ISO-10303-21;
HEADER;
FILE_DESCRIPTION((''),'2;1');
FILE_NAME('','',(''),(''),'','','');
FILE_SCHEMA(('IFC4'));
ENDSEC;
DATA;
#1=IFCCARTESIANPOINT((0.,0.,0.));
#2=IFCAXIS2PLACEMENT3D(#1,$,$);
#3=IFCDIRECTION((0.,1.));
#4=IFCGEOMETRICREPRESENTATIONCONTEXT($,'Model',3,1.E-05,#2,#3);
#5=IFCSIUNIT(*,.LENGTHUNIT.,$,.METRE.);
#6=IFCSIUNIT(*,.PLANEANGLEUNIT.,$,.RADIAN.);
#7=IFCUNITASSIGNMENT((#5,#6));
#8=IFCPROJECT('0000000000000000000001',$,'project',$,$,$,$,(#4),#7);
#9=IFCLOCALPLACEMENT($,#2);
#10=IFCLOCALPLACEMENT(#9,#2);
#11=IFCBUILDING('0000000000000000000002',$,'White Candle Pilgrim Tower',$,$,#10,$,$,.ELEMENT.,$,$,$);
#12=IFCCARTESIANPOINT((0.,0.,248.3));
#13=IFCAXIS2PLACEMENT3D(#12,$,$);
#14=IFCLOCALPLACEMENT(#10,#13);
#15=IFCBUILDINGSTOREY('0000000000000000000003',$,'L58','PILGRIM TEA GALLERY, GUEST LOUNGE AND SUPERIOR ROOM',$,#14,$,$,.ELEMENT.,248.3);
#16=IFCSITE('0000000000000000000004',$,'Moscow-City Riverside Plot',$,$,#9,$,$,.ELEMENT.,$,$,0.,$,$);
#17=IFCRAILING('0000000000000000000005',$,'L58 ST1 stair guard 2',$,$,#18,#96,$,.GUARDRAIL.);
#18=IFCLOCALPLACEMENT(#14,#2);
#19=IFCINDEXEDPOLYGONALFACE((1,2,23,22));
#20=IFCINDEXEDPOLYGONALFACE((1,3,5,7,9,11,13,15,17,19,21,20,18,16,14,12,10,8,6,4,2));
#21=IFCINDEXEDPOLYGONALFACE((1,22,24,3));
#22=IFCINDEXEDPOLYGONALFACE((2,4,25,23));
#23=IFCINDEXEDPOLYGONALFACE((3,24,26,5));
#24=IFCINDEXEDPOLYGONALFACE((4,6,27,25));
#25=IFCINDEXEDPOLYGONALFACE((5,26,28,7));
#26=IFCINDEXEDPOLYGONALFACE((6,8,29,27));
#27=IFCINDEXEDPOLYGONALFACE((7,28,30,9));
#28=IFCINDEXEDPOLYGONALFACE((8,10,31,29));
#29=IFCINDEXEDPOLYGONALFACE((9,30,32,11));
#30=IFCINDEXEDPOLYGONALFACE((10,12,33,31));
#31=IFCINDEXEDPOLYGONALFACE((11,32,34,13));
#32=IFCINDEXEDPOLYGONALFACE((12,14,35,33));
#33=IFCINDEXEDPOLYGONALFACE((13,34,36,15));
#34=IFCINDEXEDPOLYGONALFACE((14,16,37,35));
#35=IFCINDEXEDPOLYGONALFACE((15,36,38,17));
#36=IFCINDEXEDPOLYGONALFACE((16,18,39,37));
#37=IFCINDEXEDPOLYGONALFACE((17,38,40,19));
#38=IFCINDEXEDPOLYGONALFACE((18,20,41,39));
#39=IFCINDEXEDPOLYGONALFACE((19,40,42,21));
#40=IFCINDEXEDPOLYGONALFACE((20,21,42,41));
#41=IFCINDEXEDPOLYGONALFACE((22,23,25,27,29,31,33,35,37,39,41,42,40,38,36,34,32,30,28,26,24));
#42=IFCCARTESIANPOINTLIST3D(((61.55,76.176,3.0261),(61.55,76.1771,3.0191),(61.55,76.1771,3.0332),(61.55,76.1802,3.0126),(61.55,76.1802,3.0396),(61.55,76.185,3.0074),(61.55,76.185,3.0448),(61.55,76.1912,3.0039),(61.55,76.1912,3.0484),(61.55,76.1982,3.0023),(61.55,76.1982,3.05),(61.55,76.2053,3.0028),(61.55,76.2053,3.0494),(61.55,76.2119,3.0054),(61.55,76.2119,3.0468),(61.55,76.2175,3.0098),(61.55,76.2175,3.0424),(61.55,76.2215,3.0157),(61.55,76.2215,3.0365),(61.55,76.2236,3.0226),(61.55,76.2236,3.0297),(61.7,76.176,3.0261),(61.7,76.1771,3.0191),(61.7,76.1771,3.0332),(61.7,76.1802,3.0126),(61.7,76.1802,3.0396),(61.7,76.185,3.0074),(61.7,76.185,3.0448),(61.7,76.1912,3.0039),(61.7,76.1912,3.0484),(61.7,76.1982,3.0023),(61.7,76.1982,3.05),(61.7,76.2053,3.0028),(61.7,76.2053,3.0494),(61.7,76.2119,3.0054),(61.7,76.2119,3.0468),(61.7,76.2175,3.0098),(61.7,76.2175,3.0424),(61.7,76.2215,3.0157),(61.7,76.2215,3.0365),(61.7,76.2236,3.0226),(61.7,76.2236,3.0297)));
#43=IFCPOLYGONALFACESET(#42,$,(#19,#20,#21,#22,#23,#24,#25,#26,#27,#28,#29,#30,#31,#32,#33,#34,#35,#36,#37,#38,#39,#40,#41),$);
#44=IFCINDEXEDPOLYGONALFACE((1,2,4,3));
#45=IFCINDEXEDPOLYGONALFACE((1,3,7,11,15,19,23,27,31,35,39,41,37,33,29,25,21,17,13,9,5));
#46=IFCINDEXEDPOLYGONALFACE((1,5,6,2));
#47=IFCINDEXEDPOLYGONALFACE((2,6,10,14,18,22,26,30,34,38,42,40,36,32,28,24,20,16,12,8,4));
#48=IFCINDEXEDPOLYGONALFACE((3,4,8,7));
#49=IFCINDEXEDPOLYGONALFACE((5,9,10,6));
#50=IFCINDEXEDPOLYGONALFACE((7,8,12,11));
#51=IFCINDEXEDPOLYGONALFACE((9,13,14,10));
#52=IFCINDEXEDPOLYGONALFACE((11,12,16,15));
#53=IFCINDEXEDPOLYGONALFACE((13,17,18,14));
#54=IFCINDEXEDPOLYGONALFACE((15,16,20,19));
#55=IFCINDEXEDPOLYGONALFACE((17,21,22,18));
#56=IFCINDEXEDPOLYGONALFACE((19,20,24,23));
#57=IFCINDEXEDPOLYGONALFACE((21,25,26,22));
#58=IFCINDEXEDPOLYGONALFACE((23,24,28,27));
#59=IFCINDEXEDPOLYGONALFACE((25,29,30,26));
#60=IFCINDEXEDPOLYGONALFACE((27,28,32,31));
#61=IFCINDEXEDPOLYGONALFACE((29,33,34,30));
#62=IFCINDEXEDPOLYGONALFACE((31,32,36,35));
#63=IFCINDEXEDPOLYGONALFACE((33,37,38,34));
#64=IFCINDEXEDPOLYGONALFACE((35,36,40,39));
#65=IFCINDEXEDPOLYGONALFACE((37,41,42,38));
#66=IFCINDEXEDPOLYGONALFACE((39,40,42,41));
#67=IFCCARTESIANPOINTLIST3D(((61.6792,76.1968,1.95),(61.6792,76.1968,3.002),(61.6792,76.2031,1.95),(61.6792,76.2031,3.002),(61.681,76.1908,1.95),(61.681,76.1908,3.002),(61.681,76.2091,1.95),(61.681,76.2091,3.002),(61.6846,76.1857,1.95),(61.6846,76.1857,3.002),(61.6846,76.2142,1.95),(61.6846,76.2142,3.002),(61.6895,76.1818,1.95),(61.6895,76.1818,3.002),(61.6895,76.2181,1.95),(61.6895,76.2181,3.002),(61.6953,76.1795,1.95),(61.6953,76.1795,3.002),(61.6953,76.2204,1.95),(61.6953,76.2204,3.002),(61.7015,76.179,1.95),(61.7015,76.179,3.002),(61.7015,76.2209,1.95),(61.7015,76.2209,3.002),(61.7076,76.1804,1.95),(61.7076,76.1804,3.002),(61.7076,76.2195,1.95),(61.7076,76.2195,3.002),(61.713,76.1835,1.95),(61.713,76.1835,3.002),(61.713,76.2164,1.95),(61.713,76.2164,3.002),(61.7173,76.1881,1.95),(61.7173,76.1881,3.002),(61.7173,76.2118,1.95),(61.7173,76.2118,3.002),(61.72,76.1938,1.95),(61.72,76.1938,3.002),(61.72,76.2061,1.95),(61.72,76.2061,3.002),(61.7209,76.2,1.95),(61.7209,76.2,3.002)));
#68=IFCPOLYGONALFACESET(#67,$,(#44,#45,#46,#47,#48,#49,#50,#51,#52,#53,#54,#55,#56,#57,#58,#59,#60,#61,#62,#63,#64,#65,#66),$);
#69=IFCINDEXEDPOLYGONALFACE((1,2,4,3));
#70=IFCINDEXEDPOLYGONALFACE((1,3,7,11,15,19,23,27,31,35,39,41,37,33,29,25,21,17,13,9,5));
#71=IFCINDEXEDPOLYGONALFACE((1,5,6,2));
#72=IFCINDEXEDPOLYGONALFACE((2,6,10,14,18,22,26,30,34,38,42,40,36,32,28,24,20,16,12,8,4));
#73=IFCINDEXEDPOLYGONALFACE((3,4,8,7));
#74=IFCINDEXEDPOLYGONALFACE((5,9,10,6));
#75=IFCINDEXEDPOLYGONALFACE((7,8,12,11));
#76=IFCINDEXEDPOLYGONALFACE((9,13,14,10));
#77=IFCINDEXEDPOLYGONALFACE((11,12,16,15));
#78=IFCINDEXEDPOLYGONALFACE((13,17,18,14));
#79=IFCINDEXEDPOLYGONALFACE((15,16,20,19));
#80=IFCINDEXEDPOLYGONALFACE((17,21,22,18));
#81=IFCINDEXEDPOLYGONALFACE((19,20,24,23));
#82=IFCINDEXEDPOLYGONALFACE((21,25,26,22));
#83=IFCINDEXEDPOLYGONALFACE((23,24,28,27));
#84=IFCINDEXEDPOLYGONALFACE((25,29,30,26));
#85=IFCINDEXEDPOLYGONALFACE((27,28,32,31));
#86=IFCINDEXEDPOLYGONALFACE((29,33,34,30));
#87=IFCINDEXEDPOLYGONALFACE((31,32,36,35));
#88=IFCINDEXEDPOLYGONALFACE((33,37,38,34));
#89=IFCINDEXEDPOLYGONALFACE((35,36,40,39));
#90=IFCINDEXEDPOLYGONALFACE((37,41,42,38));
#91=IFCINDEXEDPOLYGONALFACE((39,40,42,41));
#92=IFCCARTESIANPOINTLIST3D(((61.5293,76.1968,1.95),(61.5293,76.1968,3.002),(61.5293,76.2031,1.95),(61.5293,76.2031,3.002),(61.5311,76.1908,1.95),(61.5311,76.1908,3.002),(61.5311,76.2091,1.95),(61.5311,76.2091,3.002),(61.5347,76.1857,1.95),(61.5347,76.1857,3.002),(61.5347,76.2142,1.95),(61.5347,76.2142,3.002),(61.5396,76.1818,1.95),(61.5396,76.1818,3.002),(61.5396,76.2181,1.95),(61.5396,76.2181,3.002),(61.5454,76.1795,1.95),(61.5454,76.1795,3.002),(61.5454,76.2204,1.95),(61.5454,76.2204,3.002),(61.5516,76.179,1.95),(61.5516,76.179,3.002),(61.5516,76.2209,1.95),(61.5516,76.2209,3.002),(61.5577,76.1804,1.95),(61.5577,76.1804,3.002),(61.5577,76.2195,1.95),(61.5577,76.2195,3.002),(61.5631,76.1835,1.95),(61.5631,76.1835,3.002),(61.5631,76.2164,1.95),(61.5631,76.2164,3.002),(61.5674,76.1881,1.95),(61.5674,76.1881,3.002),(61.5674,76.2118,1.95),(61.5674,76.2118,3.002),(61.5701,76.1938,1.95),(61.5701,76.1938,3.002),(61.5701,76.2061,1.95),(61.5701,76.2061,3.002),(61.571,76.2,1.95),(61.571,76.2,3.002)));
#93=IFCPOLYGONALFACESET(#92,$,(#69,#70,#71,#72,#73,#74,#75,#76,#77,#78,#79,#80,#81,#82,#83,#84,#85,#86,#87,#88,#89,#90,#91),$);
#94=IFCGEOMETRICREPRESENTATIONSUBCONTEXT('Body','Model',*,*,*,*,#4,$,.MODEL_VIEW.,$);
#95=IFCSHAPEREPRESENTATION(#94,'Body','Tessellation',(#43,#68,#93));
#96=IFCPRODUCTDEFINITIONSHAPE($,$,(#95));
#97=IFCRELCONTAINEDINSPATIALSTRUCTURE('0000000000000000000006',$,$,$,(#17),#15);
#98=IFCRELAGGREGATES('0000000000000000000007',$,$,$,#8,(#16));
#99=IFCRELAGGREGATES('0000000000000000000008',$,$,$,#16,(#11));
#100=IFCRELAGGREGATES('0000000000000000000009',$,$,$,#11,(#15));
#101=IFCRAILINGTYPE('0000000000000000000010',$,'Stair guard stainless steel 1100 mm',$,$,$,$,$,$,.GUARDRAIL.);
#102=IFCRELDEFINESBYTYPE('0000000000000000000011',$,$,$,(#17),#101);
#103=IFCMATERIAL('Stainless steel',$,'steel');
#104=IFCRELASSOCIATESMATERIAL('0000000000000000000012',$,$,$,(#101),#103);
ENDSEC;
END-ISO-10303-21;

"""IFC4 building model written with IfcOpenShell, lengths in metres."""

from ifc_helpers import new_model, si_unit, direction, frame, origin, origin_2d, place, context, subcontext, project, spatial, circle, extrude, material, type_object, element, save


model = new_model("IFC4")

# Units and contexts
model_context = context("Model", 3, precision=1e-05, world=origin(), true_north=direction((0.0, 1.0)))
body_context = subcontext(model_context, "Body", "Model", "MODEL_VIEW")
ifc_project = project(units=[si_unit("LENGTHUNIT", "METRE"), si_unit("PLANEANGLEUNIT", "RADIAN")], contexts=[model_context])

# Site, building, storey
site_placement = place(None, origin())
site = spatial("IfcSite", under=ifc_project, at=site_placement, Name="Moscow-City Riverside Plot", CompositionType="ELEMENT", RefElevation=0.0)
building_placement = place(site_placement, origin())
building = spatial("IfcBuilding", under=site, at=building_placement, Name="White Candle Pilgrim Tower", CompositionType="ELEMENT")
storey_placement = place(building_placement, frame((0.0, 0.0, 248.3)))
storey = spatial("IfcBuildingStorey", under=building, at=storey_placement, Name="L58", Description="PILGRIM TEA GALLERY, GUEST LOUNGE AND SUPERIOR ROOM", CompositionType="ELEMENT", Elevation=248.3)

# Shared definitions
ifc_material_1 = material(Name="Stainless steel", Category="steel")

# Railing
railing_type_1 = type_object("IfcRailingType", Name="Stair guard stainless steel 1100 mm", PredefinedType="GUARDRAIL", material=ifc_material_1)
railing_1_placement = place(storey_placement, frame((61.7, 76.2, 1.95)))
element("IfcRailing", 1, at=railing_1_placement, inside=storey, type_object=railing_type_1, Name="L58 ST1 stair guard 2", PredefinedType="GUARDRAIL", context=body_context, shape_type="SweptSolid", body=[
    extrude(circle(Radius=0.0239, at=origin_2d()), frame((0.0, 0.0, 1.0762), z_axis=(-1.0, 0.0, 0.0), x_axis=(0.0, -1.0, 0.0)), (0.0, 0.0, 1.0), 0.1499),
    extrude(circle(Radius=0.021, at=origin_2d()), origin(), (0.0, 0.0, 1.0), 1.052),
    extrude(circle(Radius=0.021, at=origin_2d()), frame((-0.1499, 0.0, 0.0)), (0.0, 0.0, 1.0), 1.052),
])

save(model, "model.ifc")
